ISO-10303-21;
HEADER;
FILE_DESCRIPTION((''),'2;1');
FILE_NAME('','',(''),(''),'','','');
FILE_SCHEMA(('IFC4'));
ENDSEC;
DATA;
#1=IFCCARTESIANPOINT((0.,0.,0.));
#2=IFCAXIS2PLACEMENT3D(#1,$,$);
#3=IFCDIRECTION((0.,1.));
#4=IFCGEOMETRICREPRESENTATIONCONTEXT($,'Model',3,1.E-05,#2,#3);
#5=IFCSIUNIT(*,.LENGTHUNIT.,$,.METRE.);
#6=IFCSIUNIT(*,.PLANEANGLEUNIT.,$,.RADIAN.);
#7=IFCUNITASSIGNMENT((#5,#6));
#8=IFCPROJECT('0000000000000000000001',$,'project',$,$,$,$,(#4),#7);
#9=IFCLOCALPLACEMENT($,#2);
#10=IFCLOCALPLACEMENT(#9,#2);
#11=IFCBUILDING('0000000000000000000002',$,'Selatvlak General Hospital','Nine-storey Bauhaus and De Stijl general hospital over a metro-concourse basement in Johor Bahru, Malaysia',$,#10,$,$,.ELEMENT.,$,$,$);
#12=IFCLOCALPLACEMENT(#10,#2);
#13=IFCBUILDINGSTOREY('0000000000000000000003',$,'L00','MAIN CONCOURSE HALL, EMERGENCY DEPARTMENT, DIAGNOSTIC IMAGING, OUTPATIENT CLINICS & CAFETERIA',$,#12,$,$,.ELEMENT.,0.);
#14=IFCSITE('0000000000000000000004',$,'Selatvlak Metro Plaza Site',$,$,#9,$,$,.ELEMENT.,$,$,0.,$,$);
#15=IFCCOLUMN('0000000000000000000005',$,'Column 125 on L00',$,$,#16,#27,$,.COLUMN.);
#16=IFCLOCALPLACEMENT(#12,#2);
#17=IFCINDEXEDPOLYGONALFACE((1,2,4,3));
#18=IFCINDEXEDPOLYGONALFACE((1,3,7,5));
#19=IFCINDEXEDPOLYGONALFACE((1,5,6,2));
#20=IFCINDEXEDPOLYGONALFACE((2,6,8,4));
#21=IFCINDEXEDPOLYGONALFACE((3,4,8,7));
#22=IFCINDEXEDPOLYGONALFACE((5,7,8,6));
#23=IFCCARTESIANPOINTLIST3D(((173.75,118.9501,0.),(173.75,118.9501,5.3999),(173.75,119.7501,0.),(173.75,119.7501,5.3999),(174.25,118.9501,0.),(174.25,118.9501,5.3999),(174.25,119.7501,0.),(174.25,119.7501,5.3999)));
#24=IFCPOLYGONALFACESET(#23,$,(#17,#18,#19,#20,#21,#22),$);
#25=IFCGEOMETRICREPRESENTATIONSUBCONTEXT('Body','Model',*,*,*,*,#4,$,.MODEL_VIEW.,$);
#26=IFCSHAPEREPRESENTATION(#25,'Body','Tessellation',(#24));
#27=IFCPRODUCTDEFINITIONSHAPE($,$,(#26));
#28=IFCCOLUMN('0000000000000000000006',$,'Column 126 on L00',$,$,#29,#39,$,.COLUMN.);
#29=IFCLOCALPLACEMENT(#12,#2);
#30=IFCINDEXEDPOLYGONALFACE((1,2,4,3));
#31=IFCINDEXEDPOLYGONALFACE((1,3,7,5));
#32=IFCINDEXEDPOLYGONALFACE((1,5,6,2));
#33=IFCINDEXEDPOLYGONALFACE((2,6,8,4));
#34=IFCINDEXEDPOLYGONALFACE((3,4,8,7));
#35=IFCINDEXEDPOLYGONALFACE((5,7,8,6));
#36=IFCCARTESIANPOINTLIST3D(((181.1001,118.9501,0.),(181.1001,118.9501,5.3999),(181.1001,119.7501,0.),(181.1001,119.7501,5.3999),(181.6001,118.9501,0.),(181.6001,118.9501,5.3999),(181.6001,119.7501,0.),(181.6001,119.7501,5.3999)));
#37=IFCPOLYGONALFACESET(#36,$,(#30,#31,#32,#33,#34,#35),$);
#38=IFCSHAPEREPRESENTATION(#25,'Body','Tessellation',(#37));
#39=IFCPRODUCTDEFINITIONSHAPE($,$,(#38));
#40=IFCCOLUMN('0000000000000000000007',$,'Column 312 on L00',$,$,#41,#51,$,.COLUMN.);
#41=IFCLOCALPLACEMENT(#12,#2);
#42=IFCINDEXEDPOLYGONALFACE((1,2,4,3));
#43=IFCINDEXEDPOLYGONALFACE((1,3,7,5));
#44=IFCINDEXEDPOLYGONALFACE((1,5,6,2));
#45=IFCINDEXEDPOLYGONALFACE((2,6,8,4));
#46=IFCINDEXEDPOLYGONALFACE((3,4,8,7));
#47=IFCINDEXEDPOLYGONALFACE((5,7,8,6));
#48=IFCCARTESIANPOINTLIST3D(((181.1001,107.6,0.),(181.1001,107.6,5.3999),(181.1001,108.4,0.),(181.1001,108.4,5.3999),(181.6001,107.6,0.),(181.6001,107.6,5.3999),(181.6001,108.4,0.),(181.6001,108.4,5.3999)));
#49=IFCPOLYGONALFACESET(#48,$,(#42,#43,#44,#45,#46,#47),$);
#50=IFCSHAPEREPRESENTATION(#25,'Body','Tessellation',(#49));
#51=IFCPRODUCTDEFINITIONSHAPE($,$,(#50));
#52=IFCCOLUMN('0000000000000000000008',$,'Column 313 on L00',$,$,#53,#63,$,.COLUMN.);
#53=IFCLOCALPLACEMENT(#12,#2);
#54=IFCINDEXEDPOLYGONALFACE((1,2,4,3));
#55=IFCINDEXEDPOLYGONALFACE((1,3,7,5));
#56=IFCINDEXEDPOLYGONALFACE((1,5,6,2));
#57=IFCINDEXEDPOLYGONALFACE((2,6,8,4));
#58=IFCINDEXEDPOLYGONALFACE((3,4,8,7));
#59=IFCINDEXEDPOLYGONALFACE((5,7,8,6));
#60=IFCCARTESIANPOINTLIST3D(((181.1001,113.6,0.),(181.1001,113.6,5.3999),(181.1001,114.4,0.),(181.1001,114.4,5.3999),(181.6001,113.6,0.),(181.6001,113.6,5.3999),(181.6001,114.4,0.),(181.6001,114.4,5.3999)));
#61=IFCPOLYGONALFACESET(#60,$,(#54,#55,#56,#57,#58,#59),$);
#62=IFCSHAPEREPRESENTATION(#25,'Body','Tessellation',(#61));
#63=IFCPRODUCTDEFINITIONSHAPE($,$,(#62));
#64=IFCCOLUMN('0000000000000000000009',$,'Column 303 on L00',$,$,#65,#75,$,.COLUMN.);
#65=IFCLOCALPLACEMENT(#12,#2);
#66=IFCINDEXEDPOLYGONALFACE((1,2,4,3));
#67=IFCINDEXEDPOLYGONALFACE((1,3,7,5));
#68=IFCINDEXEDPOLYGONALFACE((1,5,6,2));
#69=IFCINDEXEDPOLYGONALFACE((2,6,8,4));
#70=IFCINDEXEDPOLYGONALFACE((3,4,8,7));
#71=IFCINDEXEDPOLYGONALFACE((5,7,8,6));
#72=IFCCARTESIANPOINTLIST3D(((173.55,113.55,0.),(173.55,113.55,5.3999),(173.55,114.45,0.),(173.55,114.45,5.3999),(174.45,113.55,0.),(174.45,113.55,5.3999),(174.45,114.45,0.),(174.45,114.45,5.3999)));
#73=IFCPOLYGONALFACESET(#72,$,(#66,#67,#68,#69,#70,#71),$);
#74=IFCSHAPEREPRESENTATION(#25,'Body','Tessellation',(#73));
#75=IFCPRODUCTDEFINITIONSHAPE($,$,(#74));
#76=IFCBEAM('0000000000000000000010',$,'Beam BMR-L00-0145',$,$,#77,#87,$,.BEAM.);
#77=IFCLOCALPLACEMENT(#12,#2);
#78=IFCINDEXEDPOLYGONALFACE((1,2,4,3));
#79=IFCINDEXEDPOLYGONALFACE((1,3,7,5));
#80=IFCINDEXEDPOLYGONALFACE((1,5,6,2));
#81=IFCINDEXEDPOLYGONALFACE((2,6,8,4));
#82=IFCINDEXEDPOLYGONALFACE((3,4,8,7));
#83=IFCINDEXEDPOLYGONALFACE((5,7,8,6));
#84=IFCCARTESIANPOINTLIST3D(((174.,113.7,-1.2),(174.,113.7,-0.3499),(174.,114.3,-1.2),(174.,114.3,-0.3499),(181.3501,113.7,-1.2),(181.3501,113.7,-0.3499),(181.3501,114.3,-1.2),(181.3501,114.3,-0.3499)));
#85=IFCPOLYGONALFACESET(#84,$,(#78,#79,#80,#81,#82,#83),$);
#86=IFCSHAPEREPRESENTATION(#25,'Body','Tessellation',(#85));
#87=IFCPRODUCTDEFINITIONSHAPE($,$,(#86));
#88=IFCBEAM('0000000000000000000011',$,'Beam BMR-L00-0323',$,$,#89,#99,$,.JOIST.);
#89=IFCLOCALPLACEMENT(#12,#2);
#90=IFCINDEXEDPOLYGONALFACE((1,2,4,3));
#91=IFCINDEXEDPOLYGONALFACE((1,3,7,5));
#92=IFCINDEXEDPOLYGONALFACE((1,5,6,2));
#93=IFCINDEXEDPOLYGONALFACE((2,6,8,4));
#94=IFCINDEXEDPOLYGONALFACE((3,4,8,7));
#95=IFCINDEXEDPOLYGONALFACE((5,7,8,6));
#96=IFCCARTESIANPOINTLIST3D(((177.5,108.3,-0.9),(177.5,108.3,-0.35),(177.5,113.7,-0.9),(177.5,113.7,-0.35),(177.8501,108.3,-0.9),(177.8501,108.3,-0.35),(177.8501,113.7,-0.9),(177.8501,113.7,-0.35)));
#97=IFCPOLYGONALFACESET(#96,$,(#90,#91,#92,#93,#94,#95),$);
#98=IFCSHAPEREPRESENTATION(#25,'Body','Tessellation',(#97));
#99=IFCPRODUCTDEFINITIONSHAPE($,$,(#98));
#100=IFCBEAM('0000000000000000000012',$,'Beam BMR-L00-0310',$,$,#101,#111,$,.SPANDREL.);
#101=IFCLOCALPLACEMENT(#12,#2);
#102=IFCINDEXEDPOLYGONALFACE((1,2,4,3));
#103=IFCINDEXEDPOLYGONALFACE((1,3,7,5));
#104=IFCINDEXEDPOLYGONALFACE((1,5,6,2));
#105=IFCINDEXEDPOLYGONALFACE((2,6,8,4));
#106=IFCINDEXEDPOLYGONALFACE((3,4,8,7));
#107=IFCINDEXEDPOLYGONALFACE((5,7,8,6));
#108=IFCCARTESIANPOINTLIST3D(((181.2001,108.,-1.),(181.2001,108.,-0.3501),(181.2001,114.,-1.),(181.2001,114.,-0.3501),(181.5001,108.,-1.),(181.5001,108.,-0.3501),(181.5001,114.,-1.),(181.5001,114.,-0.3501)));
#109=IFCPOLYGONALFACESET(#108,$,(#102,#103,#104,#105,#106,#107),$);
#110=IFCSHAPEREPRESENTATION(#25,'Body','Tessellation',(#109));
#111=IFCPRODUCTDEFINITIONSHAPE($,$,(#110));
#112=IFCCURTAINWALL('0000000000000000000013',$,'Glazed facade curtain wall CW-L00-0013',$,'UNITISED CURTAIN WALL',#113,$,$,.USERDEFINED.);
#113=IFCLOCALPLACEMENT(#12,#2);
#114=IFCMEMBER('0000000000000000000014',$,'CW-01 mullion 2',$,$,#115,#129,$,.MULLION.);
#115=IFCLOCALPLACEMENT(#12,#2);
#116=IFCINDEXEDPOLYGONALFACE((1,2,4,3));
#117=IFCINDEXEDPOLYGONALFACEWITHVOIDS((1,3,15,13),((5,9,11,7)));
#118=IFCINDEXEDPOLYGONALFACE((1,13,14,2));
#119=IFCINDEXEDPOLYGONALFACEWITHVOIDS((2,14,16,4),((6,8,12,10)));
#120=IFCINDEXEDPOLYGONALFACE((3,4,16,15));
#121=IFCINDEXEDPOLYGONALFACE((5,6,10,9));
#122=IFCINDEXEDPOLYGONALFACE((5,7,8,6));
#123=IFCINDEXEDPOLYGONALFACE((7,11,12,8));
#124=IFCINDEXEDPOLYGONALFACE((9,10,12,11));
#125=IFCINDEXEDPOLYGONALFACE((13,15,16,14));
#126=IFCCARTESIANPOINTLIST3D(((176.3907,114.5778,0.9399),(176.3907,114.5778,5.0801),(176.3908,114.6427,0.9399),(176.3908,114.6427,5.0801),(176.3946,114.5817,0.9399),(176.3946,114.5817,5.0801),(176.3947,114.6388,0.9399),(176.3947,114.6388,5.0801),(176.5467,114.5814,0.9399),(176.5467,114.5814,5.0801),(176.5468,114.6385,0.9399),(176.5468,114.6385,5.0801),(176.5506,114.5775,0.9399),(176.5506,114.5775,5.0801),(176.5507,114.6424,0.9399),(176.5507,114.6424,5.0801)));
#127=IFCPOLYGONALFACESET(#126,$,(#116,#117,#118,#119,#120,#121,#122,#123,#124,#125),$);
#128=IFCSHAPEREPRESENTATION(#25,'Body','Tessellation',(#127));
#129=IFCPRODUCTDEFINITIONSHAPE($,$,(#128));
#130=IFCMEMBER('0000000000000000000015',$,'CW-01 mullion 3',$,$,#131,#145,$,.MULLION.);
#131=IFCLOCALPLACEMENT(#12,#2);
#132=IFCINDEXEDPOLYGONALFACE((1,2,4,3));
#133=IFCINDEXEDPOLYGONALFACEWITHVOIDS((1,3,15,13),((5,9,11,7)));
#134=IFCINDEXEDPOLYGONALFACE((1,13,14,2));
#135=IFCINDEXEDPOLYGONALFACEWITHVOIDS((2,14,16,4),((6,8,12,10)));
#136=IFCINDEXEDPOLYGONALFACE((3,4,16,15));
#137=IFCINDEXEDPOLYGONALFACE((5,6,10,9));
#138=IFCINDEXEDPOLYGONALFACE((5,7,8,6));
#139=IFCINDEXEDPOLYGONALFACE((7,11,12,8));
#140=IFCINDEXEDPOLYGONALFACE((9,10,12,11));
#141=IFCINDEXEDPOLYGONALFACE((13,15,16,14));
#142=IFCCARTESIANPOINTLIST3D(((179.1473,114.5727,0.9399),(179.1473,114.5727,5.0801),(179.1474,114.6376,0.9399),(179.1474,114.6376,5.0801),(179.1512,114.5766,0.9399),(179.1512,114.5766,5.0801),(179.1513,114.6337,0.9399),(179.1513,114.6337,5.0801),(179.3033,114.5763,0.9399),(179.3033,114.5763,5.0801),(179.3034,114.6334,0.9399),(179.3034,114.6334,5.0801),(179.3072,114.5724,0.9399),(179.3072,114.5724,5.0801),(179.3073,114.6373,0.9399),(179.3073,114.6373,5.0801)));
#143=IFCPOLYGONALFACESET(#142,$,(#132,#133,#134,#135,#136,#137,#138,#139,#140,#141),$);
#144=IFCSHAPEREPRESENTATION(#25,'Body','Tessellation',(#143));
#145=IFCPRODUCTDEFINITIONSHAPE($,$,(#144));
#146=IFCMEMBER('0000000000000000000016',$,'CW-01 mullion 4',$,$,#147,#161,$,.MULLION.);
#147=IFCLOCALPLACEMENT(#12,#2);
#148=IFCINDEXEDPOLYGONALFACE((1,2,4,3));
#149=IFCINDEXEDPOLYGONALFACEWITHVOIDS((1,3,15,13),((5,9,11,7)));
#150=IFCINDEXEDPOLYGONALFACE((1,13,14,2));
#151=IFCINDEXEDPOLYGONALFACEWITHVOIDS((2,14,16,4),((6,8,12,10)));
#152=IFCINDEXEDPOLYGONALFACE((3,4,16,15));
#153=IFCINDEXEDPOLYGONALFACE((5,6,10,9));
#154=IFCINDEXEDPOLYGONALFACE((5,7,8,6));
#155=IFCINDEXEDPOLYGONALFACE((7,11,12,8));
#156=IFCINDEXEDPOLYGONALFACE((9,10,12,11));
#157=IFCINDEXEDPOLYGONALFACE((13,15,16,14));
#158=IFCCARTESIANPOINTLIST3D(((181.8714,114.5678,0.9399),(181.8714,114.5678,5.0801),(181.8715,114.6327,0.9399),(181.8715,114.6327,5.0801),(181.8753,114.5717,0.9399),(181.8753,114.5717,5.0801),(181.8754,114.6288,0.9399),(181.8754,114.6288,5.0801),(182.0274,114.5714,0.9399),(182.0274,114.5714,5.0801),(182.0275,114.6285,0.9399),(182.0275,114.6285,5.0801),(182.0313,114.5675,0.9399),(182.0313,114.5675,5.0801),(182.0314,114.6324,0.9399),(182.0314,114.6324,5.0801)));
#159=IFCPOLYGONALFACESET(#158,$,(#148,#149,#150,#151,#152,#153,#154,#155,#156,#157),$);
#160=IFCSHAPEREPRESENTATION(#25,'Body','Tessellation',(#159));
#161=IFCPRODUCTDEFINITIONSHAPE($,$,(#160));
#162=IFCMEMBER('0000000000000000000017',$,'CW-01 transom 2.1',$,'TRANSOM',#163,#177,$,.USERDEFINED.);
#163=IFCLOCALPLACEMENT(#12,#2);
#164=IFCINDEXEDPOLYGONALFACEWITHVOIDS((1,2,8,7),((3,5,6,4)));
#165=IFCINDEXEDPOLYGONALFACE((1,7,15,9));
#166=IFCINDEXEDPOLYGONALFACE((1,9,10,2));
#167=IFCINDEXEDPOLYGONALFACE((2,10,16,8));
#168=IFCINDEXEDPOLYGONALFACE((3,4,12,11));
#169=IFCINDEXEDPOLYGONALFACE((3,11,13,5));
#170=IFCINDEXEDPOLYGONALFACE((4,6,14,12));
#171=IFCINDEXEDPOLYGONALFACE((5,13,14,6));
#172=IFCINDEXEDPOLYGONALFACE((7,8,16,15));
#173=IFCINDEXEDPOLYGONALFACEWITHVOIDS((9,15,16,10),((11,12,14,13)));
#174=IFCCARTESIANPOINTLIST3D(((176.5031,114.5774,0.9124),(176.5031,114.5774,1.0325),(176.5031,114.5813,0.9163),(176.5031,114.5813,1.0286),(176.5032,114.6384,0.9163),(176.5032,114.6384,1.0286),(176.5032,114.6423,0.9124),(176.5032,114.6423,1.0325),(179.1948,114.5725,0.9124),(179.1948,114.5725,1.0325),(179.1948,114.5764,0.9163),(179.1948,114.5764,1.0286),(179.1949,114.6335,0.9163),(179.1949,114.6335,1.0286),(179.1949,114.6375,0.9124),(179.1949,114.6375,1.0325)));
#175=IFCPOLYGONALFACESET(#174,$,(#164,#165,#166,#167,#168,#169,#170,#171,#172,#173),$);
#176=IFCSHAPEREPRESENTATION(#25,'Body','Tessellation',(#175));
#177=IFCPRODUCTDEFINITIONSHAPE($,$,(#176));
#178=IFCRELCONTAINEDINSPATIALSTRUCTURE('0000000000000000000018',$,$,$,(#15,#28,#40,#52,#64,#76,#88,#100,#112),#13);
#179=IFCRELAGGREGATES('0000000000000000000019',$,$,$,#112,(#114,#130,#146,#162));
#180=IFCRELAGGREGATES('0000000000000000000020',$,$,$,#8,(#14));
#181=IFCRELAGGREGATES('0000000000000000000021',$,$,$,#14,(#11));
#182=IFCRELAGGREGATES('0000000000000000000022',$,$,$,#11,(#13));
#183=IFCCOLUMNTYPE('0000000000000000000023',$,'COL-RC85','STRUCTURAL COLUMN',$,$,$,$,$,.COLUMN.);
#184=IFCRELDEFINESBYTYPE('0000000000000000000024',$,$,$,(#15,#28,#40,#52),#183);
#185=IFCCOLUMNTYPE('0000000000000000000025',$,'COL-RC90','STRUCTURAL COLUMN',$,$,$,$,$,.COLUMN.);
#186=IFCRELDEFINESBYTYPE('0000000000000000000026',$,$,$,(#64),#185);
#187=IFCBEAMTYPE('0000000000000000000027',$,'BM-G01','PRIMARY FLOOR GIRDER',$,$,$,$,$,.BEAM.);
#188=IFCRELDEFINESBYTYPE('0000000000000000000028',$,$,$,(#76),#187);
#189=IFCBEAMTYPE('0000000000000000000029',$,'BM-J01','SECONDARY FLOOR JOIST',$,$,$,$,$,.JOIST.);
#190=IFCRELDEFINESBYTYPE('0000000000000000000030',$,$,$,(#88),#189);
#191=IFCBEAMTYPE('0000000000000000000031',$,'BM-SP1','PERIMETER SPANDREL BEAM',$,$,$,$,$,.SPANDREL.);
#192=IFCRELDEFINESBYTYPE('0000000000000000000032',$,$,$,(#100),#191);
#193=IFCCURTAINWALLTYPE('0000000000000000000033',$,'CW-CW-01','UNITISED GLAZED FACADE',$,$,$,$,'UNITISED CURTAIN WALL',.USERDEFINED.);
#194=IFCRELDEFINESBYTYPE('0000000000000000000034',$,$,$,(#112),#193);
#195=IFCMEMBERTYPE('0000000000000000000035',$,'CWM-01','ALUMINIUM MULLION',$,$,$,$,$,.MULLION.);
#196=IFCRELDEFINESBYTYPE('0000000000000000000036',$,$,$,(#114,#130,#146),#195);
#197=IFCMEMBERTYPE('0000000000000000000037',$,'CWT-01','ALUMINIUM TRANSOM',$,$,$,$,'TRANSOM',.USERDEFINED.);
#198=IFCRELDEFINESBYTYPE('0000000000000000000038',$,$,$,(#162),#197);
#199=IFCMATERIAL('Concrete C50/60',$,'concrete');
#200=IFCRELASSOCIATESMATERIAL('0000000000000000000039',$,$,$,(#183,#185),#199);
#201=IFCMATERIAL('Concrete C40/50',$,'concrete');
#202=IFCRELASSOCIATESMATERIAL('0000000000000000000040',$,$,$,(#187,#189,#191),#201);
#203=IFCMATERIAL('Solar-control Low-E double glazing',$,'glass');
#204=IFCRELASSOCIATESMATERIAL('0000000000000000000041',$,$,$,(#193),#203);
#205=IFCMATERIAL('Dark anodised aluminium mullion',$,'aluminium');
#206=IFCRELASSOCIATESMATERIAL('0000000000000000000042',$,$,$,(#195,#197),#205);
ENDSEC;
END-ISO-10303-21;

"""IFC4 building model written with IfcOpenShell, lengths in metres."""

from ifc_helpers import new_model, si_unit, direction, frame, origin, origin_2d, place, context, subcontext, project, spatial, rectangle, hollow_rectangle, extrude, material, material_profile, profile_set, type_object, element, aggregate, save


model = new_model("IFC4")

# Units and contexts
model_context = context("Model", 3, precision=1e-05, world=origin(), true_north=direction((0.0, 1.0)))
body_context = subcontext(model_context, "Body", "Model", "MODEL_VIEW")
ifc_project = project(units=[si_unit("LENGTHUNIT", "METRE"), si_unit("PLANEANGLEUNIT", "RADIAN")], contexts=[model_context])

# Site, building, storey
site_placement = place(None, origin())
site = spatial("IfcSite", under=ifc_project, at=site_placement, Name="Selatvlak Metro Plaza Site", CompositionType="ELEMENT", RefElevation=0.0)
building_placement = place(site_placement, origin())
building = spatial("IfcBuilding", under=site, at=building_placement, Name="Selatvlak General Hospital", Description="Nine-storey Bauhaus and De Stijl general hospital over a metro-concourse basement in Johor Bahru, Malaysia", CompositionType="ELEMENT")
storey_placement = place(building_placement, origin())
storey = spatial("IfcBuildingStorey", under=building, at=storey_placement, Name="L00", Description="MAIN CONCOURSE HALL, EMERGENCY DEPARTMENT, DIAGNOSTIC IMAGING, OUTPATIENT CLINICS & CAFETERIA", CompositionType="ELEMENT", Elevation=0.0)

# Columns
ifc_material_1 = material(Name="Concrete C50/60", Category="concrete")
ifc_material_profile_1 = material_profile(ifc_material_1, rectangle(XDim=0.5, YDim=0.8, at=origin_2d()), Name="RC-COL 800x500")
ifc_profile_set_1 = profile_set([ifc_material_profile_1], Name="Concrete C50/60")
column_type_1 = type_object("IfcColumnType", Name="COL-RC85", Description="STRUCTURAL COLUMN", PredefinedType="COLUMN", material=ifc_profile_set_1)
for number, where, z_axis, x_axis, name in (
    (1, (174.0, 119.3501, 0.0), (0.0, 0.0, 1.0), (1.0, 0.0, 0.0), "Column 125 on L00"),
    (2, (181.3501, 119.3501, 0.0), (0.0, 0.0, 1.0), (1.0, 0.0, 0.0), "Column 126 on L00"),
    (3, (181.3501, 108.0, 0.0), (0.0, 0.0, 1.0), (1.0, 0.0, 0.0), "Column 312 on L00"),
    (4, (181.3501, 114.0, 0.0), (0.0, 0.0, 1.0), (1.0, 0.0, 0.0), "Column 313 on L00"),
):
    element("IfcColumn", number, at=place(storey_placement, frame(where, z_axis=z_axis, x_axis=x_axis)), inside=storey, type_object=column_type_1, Name=name, PredefinedType="COLUMN", context=body_context, shape_type="SweptSolid", body=[
        extrude(rectangle(XDim=0.5, YDim=0.8, at=origin_2d()), origin(), (0.0, 0.0, 1.0), 5.3999),
    ])
ifc_material_profile_2 = material_profile(ifc_material_1, rectangle(XDim=0.8999, YDim=0.8999, at=origin_2d()), Name="RC-COL 900x900")
ifc_profile_set_2 = profile_set([ifc_material_profile_2], Name="Concrete C50/60")
column_type_2 = type_object("IfcColumnType", Name="COL-RC90", Description="STRUCTURAL COLUMN", PredefinedType="COLUMN", material=ifc_profile_set_2)
column_placement = place(storey_placement, frame((174.0, 114.0, 0.0), z_axis=(0.0, 0.0, 1.0), x_axis=(1.0, 0.0, 0.0)))
element("IfcColumn", 5, at=column_placement, inside=storey, type_object=column_type_2, Name="Column 303 on L00", PredefinedType="COLUMN", context=body_context, shape_type="SweptSolid", body=[
    extrude(rectangle(XDim=0.8999, YDim=0.8999, at=origin_2d()), origin(), (0.0, 0.0, 1.0), 5.3999),
])

# Beams
ifc_material_2 = material(Name="Concrete C40/50", Category="concrete")
ifc_material_profile_3 = material_profile(ifc_material_2, rectangle(XDim=0.6001, YDim=0.8501, at=origin_2d()), Name="RC-BM 600x850")
ifc_profile_set_3 = profile_set([ifc_material_profile_3], Name="Concrete C40/50")
beam_type_1 = type_object("IfcBeamType", Name="BM-G01", Description="PRIMARY FLOOR GIRDER", PredefinedType="BEAM", material=ifc_profile_set_3)
beam_1_placement = place(storey_placement, frame((174.0, 114.0, -0.7749), z_axis=(1.0, 0.0, 0.0), x_axis=(0.0, 1.0, 0.0)))
element("IfcBeam", 6, at=beam_1_placement, inside=storey, type_object=beam_type_1, Name="Beam BMR-L00-0145", PredefinedType="BEAM", context=body_context, shape_type="SweptSolid", body=[
    extrude(rectangle(XDim=0.6001, YDim=0.8501, at=origin_2d()), origin(), (0.0, 0.0, 1.0), 7.3501),
])
ifc_material_profile_4 = material_profile(ifc_material_2, rectangle(XDim=0.3501, YDim=0.55, at=origin_2d()), Name="RC-BM 350x550")
ifc_profile_set_4 = profile_set([ifc_material_profile_4], Name="Concrete C40/50")
beam_type_2 = type_object("IfcBeamType", Name="BM-J01", Description="SECONDARY FLOOR JOIST", PredefinedType="JOIST", material=ifc_profile_set_4)
beam_2_placement = place(storey_placement, frame((177.675, 108.3, -0.625), z_axis=(0.0, 1.0, 0.0), x_axis=(-1.0, 0.0, 0.0)))
element("IfcBeam", 7, at=beam_2_placement, inside=storey, type_object=beam_type_2, Name="Beam BMR-L00-0323", PredefinedType="JOIST", context=body_context, shape_type="SweptSolid", body=[
    extrude(rectangle(XDim=0.3501, YDim=0.55, at=origin_2d()), origin(), (0.0, 0.0, 1.0), 5.3999),
])
ifc_material_profile_5 = material_profile(ifc_material_2, rectangle(XDim=0.3, YDim=0.6499, at=origin_2d()), Name="RC-SP 300x650")
ifc_profile_set_5 = profile_set([ifc_material_profile_5], Name="Concrete C40/50")
beam_type_3 = type_object("IfcBeamType", Name="BM-SP1", Description="PERIMETER SPANDREL BEAM", PredefinedType="SPANDREL", material=ifc_profile_set_5)
beam_3_placement = place(storey_placement, frame((181.3501, 108.0, -0.675), z_axis=(0.0, 1.0, 0.0), x_axis=(-1.0, 0.0, 0.0)))
element("IfcBeam", 8, at=beam_3_placement, inside=storey, type_object=beam_type_3, Name="Beam BMR-L00-0310", PredefinedType="SPANDREL", context=body_context, shape_type="SweptSolid", body=[
    extrude(rectangle(XDim=0.3, YDim=0.6499, at=origin_2d()), origin(), (0.0, 0.0, 1.0), 6.0),
])

# Curtain wall, members
ifc_material_3 = material(Name="Solar-control Low-E double glazing", Category="glass")
curtain_wall_type = type_object("IfcCurtainWallType", Name="CW-CW-01", Description="UNITISED GLAZED FACADE", ElementType="UNITISED CURTAIN WALL", PredefinedType="USERDEFINED", material=ifc_material_3)
curtain_wall_placement = place(storey_placement, origin())
curtain_wall = element("IfcCurtainWall", 9, at=curtain_wall_placement, inside=storey, type_object=curtain_wall_type, Name="Glazed facade curtain wall CW-L00-0013", ObjectType="UNITISED CURTAIN WALL", PredefinedType="USERDEFINED")
ifc_material_4 = material(Name="Dark anodised aluminium mullion", Category="aluminium")
ifc_material_profile_6 = material_profile(ifc_material_4, hollow_rectangle(XDim=0.0649, YDim=0.1599, WallThickness=0.0039, at=origin_2d()), Name="AL-MUL 65x160x4")
ifc_profile_set_6 = profile_set([ifc_material_profile_6], Name="Dark anodised aluminium mullion")
member_type_1 = type_object("IfcMemberType", Name="CWM-01", Description="ALUMINIUM MULLION", PredefinedType="MULLION", material=ifc_profile_set_6)
member_1_placement = place(storey_placement, frame((176.4707, 114.6101, 0.9399), z_axis=(0.0, 0.0, 1.0), x_axis=(0.001814, 0.999998, 0.0)))
member_1 = element("IfcMember", 10, at=member_1_placement, type_object=member_type_1, Name="CW-01 mullion 2", PredefinedType="MULLION", context=body_context, shape_type="SweptSolid", body=[
    extrude(hollow_rectangle(XDim=0.0649, YDim=0.1599, WallThickness=0.0039, at=origin_2d()), origin(), (0.0, 0.0, 1.0), 4.1401),
])
member_2_placement = place(storey_placement, frame((179.2273, 114.605, 0.9399), z_axis=(0.0, 0.0, 1.0), x_axis=(0.001814, 0.999998, 0.0)))
member_2 = element("IfcMember", 11, at=member_2_placement, type_object=member_type_1, Name="CW-01 mullion 3", PredefinedType="MULLION", context=body_context, shape_type="SweptSolid", body=[
    extrude(hollow_rectangle(XDim=0.0649, YDim=0.1599, WallThickness=0.0039, at=origin_2d()), origin(), (0.0, 0.0, 1.0), 4.1401),
])
member_3_placement = place(storey_placement, frame((181.9514, 114.6001, 0.9399), z_axis=(0.0, 0.0, 1.0), x_axis=(0.001814, 0.999998, 0.0)))
member_3 = element("IfcMember", 12, at=member_3_placement, type_object=member_type_1, Name="CW-01 mullion 4", PredefinedType="MULLION", context=body_context, shape_type="SweptSolid", body=[
    extrude(hollow_rectangle(XDim=0.0649, YDim=0.1599, WallThickness=0.0039, at=origin_2d()), origin(), (0.0, 0.0, 1.0), 4.1401),
])
ifc_material_profile_7 = material_profile(ifc_material_4, hollow_rectangle(XDim=0.0649, YDim=0.1201, WallThickness=0.0039, at=origin_2d()), Name="AL-TRN 65x120x4")
ifc_profile_set_7 = profile_set([ifc_material_profile_7], Name="Dark anodised aluminium mullion")
member_type_2 = type_object("IfcMemberType", Name="CWT-01", Description="ALUMINIUM TRANSOM", ElementType="TRANSOM", PredefinedType="USERDEFINED", material=ifc_profile_set_7)
member_4_placement = place(storey_placement, frame((176.5032, 114.6099, 0.9724), z_axis=(0.999998, -0.001814, 0.0), x_axis=(0.001814, 0.999998, 0.0)))
member_4 = element("IfcMember", 13, at=member_4_placement, type_object=member_type_2, Name="CW-01 transom 2.1", ObjectType="TRANSOM", PredefinedType="USERDEFINED", context=body_context, shape_type="SweptSolid", body=[
    extrude(hollow_rectangle(XDim=0.0649, YDim=0.1201, WallThickness=0.0039, at=origin_2d()), origin(), (0.0, 0.0, 1.0), 2.6917),
])
aggregate(curtain_wall, [member_1, member_2, member_3, member_4])

save(model, "model.ifc")
